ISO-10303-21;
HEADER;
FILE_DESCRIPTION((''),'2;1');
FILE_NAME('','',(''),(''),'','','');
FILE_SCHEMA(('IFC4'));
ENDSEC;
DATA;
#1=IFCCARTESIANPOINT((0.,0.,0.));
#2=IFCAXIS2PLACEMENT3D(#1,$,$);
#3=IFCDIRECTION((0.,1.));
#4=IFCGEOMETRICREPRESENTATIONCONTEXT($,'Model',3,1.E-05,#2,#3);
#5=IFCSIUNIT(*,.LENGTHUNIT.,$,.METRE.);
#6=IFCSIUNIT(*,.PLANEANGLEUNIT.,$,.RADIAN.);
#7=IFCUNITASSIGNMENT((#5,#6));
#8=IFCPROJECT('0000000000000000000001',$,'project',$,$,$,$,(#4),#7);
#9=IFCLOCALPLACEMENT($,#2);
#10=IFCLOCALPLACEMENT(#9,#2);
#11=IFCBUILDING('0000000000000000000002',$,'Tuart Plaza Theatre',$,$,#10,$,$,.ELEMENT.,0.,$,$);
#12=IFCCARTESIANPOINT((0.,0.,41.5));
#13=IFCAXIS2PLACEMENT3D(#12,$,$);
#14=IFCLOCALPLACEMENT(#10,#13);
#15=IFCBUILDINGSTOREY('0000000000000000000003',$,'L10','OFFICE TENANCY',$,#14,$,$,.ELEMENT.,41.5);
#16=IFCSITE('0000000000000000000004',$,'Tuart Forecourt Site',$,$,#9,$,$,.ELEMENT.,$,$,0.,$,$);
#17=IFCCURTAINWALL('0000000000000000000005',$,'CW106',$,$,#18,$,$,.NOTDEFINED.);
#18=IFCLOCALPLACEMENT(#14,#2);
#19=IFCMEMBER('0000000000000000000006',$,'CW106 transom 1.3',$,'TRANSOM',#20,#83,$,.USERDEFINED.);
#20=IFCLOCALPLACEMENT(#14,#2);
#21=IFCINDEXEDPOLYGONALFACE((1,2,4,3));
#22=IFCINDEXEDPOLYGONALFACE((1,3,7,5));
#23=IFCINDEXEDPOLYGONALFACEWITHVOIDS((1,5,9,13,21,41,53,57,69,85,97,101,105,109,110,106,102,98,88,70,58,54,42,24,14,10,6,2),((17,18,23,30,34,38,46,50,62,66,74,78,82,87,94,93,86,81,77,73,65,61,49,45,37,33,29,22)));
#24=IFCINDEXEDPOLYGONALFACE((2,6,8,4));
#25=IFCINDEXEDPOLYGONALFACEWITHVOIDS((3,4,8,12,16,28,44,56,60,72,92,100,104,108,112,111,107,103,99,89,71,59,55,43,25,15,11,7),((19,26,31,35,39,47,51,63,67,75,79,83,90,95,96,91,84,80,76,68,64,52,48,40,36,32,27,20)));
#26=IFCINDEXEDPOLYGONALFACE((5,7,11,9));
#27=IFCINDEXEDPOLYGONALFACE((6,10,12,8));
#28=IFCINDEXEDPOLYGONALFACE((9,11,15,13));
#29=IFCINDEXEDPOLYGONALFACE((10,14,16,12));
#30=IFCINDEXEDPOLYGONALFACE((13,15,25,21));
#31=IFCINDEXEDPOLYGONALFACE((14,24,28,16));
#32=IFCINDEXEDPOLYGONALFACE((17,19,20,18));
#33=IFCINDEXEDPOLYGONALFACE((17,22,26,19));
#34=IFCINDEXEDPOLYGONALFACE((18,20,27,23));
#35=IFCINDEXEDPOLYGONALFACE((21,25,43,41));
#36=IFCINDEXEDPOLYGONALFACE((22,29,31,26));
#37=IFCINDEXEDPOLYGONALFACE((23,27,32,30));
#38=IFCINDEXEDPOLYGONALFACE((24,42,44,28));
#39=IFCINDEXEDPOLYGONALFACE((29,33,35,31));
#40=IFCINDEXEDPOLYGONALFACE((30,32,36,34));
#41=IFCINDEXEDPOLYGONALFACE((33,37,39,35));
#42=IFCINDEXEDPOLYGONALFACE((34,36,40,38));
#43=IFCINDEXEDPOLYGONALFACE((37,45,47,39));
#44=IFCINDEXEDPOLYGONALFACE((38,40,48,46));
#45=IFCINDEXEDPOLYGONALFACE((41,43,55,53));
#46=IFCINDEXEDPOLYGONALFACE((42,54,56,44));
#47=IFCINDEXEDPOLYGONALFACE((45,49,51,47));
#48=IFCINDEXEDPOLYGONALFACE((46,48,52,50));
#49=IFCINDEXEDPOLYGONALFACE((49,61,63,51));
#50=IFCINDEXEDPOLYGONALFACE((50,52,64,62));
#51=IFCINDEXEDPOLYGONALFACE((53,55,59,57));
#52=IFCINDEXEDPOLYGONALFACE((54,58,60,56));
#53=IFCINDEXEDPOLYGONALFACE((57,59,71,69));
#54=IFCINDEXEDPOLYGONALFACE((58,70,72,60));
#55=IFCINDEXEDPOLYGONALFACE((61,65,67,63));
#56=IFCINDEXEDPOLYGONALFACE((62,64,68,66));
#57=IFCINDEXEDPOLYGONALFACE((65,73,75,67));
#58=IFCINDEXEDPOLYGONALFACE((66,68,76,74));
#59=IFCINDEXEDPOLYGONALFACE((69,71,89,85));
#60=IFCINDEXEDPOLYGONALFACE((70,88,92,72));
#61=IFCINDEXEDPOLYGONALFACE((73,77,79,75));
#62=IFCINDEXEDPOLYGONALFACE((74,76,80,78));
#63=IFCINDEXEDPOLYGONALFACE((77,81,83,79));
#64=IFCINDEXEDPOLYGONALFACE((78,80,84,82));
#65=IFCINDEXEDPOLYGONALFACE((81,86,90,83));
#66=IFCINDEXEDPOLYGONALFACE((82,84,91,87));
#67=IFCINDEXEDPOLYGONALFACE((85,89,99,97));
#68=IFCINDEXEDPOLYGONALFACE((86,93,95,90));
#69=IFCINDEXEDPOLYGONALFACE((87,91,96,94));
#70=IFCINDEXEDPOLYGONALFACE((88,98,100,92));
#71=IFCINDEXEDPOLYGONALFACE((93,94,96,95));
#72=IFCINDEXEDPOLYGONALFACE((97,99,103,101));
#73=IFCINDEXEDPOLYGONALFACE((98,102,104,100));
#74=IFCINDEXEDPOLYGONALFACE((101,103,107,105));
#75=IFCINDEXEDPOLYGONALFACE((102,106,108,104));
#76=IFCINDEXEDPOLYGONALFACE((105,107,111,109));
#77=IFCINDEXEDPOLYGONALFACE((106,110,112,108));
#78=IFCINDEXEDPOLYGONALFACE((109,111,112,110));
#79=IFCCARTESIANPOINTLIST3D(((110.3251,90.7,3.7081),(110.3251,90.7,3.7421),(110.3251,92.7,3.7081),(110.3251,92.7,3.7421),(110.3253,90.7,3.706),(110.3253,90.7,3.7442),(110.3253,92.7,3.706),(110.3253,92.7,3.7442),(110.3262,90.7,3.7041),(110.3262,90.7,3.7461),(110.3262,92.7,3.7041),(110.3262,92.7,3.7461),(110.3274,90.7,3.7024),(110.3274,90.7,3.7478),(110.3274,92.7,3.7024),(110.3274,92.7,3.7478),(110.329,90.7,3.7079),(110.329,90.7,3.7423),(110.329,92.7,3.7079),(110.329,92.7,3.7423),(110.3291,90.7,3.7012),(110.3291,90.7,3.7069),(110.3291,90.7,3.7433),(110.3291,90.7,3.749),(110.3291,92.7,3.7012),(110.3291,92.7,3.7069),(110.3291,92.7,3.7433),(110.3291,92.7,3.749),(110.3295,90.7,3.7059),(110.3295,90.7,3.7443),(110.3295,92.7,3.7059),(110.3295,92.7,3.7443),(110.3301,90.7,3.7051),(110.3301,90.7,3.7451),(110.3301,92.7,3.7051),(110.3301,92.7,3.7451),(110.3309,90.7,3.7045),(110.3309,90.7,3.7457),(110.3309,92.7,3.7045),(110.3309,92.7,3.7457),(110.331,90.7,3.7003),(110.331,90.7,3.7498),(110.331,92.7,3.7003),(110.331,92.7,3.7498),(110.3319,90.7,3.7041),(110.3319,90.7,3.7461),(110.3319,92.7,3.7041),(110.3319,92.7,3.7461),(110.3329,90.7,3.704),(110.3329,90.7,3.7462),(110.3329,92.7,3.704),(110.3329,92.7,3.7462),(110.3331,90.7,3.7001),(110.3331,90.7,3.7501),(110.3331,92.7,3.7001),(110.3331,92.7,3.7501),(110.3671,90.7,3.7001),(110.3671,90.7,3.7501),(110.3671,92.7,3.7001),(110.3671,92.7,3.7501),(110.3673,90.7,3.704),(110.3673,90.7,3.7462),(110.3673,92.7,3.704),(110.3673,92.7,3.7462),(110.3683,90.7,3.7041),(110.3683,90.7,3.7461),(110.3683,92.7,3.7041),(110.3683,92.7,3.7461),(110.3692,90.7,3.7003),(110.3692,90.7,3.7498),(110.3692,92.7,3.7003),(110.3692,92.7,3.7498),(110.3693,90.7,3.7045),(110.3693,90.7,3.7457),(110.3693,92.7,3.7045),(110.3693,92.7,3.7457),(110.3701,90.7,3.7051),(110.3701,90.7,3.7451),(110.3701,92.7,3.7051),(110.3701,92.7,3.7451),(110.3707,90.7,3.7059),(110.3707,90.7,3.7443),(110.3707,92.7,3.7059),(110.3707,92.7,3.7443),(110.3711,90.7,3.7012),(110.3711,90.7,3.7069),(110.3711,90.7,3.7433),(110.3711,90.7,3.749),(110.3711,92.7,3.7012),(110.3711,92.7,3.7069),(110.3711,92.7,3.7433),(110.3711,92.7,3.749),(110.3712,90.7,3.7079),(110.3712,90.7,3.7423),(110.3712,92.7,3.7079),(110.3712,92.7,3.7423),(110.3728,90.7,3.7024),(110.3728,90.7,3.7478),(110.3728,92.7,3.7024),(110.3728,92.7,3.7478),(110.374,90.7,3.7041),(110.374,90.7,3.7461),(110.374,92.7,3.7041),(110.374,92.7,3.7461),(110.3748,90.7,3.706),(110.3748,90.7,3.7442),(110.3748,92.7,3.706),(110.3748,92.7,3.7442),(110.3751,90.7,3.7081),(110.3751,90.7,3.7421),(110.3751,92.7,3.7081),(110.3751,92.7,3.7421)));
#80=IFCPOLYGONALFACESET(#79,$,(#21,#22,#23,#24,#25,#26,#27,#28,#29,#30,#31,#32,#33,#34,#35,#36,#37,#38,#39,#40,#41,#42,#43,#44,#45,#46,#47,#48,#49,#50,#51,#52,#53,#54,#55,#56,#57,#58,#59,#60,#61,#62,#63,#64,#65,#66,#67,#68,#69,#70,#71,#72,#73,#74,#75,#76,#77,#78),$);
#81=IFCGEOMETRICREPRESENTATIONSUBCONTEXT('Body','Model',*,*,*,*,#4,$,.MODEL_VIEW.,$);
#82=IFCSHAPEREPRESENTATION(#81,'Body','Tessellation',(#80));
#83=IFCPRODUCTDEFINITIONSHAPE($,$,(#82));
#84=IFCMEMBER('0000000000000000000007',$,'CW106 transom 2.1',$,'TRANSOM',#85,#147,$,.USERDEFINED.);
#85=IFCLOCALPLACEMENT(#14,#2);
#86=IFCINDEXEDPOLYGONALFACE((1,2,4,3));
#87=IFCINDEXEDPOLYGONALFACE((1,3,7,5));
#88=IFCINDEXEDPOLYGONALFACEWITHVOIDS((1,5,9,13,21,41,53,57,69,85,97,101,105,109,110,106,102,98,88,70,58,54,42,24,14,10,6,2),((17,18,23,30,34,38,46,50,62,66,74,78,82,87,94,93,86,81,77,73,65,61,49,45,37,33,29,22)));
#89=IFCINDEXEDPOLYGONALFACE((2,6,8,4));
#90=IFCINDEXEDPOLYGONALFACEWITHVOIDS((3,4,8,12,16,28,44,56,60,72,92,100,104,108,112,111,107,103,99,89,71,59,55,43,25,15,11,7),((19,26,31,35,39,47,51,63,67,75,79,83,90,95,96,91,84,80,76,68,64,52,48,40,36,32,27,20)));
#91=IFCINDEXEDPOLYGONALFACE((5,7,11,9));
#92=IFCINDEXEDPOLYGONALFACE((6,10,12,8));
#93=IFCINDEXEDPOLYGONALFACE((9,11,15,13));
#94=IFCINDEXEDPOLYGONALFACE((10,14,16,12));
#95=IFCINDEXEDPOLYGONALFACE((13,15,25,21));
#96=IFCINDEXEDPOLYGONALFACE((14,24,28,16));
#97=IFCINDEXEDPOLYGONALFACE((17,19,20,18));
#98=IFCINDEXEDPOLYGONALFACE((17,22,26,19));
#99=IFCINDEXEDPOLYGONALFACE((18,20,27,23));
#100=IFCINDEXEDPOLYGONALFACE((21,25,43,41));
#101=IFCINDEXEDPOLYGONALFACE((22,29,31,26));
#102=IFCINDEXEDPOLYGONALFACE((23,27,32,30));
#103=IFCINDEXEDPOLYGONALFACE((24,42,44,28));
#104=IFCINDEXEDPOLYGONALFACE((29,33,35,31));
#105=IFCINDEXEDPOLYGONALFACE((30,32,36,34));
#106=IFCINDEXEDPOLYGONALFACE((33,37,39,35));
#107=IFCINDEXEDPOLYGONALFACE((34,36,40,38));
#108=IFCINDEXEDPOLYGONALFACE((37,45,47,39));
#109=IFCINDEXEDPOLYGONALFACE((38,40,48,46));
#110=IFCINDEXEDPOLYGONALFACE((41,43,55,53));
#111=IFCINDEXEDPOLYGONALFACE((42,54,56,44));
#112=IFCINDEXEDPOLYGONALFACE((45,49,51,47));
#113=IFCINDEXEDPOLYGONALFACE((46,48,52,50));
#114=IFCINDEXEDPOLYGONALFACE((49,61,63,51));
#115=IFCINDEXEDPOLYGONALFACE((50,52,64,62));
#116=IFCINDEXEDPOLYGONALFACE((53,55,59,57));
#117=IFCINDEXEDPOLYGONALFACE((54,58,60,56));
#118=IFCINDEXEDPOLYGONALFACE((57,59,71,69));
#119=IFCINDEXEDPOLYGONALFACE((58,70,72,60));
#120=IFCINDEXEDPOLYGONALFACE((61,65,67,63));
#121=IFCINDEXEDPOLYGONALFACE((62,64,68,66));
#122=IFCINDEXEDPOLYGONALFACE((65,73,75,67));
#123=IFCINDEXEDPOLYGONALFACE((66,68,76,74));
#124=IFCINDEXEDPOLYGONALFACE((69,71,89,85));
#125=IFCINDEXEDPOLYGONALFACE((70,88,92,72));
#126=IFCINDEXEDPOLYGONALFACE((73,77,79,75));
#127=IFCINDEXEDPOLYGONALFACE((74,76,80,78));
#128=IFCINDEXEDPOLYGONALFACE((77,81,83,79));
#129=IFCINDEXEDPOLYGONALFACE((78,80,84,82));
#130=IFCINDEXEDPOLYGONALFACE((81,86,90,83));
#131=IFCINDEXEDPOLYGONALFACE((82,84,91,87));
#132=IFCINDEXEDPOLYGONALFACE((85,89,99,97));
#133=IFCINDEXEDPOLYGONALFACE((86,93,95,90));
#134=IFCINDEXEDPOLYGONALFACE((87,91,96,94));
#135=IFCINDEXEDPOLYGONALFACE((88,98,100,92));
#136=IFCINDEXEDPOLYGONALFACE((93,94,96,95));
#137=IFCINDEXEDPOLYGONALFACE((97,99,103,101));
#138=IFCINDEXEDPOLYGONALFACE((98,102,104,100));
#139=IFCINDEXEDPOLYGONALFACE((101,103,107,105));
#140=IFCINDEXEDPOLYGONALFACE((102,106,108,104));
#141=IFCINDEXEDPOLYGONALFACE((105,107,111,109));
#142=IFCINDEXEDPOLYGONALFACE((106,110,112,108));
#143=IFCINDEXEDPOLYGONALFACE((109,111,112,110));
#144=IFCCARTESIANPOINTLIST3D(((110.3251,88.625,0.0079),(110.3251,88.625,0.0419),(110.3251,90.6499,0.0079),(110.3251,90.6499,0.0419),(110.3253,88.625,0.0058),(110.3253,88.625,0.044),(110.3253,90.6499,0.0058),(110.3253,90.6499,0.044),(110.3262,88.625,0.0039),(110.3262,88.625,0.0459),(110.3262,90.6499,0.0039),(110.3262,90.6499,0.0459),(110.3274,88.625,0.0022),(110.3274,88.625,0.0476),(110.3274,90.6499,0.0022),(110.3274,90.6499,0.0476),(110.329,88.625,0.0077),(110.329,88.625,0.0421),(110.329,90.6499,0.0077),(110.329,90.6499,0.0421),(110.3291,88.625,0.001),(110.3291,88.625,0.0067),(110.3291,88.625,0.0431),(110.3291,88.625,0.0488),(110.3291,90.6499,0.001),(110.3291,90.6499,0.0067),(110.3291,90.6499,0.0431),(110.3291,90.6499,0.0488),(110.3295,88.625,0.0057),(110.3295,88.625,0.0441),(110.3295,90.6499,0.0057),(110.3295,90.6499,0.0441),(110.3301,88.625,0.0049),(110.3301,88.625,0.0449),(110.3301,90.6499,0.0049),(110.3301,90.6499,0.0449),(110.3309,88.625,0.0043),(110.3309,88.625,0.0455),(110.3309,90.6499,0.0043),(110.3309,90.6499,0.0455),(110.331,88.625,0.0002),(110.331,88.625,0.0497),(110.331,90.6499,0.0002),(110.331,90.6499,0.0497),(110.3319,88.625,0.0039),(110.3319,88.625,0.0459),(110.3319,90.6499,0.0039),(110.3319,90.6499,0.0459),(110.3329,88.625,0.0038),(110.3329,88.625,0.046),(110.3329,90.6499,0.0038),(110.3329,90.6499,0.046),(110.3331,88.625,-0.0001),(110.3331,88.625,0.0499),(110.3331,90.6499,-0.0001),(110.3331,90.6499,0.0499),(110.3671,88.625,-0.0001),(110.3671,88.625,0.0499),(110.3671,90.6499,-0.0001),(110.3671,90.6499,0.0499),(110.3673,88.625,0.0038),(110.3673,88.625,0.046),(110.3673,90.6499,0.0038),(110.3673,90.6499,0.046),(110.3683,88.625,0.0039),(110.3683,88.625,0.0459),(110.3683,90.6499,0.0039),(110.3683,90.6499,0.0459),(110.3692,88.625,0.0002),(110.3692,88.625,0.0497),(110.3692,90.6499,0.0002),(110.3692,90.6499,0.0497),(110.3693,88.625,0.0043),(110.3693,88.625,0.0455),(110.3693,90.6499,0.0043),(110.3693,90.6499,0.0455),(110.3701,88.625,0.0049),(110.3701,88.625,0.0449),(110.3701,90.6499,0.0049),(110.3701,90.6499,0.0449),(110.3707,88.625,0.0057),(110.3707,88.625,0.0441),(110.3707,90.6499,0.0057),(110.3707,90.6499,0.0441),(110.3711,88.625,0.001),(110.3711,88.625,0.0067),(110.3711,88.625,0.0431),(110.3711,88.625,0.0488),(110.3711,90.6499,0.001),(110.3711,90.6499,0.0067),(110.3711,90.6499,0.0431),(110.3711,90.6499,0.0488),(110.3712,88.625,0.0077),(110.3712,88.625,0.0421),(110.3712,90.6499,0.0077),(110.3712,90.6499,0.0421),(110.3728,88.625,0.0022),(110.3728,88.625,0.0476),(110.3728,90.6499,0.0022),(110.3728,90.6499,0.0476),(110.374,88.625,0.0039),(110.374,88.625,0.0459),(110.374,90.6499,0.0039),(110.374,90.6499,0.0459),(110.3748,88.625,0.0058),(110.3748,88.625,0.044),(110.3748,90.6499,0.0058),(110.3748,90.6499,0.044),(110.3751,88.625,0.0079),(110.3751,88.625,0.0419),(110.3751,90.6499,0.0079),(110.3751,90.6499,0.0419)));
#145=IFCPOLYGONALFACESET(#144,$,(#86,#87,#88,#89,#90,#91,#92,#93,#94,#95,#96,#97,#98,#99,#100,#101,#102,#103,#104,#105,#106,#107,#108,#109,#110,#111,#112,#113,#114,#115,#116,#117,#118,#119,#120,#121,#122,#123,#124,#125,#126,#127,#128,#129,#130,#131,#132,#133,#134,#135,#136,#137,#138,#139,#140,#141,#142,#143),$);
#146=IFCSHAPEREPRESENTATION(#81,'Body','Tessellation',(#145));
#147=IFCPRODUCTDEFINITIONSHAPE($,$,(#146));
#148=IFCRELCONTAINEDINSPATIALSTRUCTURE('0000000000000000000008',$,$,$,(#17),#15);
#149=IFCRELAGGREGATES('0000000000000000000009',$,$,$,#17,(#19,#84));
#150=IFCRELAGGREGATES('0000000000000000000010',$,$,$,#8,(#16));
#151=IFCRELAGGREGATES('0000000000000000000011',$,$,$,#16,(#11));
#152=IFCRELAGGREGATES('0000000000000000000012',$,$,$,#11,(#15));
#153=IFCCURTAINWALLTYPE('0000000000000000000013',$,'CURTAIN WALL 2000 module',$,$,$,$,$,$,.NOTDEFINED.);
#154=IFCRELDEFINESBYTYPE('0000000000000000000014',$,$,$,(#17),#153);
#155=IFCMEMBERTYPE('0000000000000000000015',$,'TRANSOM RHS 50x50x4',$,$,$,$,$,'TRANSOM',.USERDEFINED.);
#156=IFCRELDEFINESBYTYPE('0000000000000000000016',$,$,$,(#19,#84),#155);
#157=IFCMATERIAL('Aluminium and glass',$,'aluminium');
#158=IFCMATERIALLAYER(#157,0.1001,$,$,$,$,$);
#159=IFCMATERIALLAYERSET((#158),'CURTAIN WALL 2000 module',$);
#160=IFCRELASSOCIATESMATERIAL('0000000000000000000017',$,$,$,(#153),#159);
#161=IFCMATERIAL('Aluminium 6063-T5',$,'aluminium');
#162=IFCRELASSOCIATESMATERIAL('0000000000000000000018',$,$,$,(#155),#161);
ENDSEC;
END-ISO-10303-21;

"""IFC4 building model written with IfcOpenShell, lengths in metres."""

from ifc_helpers import new_model, si_unit, direction, frame, origin, origin_2d, place, context, subcontext, project, spatial, hollow_rectangle, extrude, material, layer, layer_set, material_profile, profile_set, type_object, element, aggregate, save


model = new_model("IFC4")

# Units and contexts
model_context = context("Model", 3, precision=1e-05, world=origin(), true_north=direction((0.0, 1.0)))
body_context = subcontext(model_context, "Body", "Model", "MODEL_VIEW")
ifc_project = project(units=[si_unit("LENGTHUNIT", "METRE"), si_unit("PLANEANGLEUNIT", "RADIAN")], contexts=[model_context])

# Site, building, storey
site_placement = place(None, origin())
site = spatial("IfcSite", under=ifc_project, at=site_placement, Name="Tuart Forecourt Site", CompositionType="ELEMENT", RefElevation=0.0)
building_placement = place(site_placement, origin())
building = spatial("IfcBuilding", under=site, at=building_placement, Name="Tuart Plaza Theatre", CompositionType="ELEMENT", ElevationOfRefHeight=0.0)
storey_placement = place(building_placement, frame((0.0, 0.0, 41.5)))
storey = spatial("IfcBuildingStorey", under=building, at=storey_placement, Name="L10", Description="OFFICE TENANCY", CompositionType="ELEMENT", Elevation=41.5)

# Curtain wall, members
ifc_material_1 = material(Name="Aluminium and glass", Category="aluminium")
ifc_layer_1 = layer(ifc_material_1, 0.1001)
ifc_layer_set_1 = layer_set([ifc_layer_1], Name="CURTAIN WALL 2000 module")
curtain_wall_type = type_object("IfcCurtainWallType", Name="CURTAIN WALL 2000 module", PredefinedType="NOTDEFINED", material=ifc_layer_set_1)
curtain_wall_placement = place(storey_placement, origin())
curtain_wall = element("IfcCurtainWall", 1, at=curtain_wall_placement, inside=storey, type_object=curtain_wall_type, Name="CW106", PredefinedType="NOTDEFINED")
ifc_material_2 = material(Name="Aluminium 6063-T5", Category="aluminium")
ifc_material_profile_1 = material_profile(ifc_material_2, hollow_rectangle(XDim=0.05, YDim=0.05, WallThickness=0.0039, InnerFilletRadius=0.0039, OuterFilletRadius=0.0081, at=origin_2d()), Name="RHS 50x50x4")
ifc_profile_set_1 = profile_set([ifc_material_profile_1], Name="Aluminium 6063-T5")
member_type_1 = type_object("IfcMemberType", Name="TRANSOM RHS 50x50x4", ElementType="TRANSOM", PredefinedType="USERDEFINED", material=ifc_profile_set_1)
member_1_placement = place(storey_placement, frame((110.3501, 92.7, 3.7251), z_axis=(0.0, -1.0, 0.0), x_axis=(1.0, 0.0, 0.0)))
member_1 = element("IfcMember", 2, at=member_1_placement, type_object=member_type_1, Name="CW106 transom 1.3", ObjectType="TRANSOM", PredefinedType="USERDEFINED", context=body_context, shape_type="SweptSolid", body=[
    extrude(hollow_rectangle(XDim=0.05, YDim=0.05, WallThickness=0.0039, InnerFilletRadius=0.0039, OuterFilletRadius=0.0081, at=origin_2d()), origin(), (0.0, 0.0, 1.0), 2.0),
])
member_2_placement = place(storey_placement, frame((110.3501, 90.6499, 0.0249), z_axis=(0.0, -1.0, 0.0), x_axis=(1.0, 0.0, 0.0)))
member_2 = element("IfcMember", 3, at=member_2_placement, type_object=member_type_1, Name="CW106 transom 2.1", ObjectType="TRANSOM", PredefinedType="USERDEFINED", context=body_context, shape_type="SweptSolid", body=[
    extrude(hollow_rectangle(XDim=0.05, YDim=0.05, WallThickness=0.0039, InnerFilletRadius=0.0039, OuterFilletRadius=0.0081, at=origin_2d()), origin(), (0.0, 0.0, 1.0), 2.0249),
])
aggregate(curtain_wall, [member_1, member_2])

save(model, "model.ifc")
